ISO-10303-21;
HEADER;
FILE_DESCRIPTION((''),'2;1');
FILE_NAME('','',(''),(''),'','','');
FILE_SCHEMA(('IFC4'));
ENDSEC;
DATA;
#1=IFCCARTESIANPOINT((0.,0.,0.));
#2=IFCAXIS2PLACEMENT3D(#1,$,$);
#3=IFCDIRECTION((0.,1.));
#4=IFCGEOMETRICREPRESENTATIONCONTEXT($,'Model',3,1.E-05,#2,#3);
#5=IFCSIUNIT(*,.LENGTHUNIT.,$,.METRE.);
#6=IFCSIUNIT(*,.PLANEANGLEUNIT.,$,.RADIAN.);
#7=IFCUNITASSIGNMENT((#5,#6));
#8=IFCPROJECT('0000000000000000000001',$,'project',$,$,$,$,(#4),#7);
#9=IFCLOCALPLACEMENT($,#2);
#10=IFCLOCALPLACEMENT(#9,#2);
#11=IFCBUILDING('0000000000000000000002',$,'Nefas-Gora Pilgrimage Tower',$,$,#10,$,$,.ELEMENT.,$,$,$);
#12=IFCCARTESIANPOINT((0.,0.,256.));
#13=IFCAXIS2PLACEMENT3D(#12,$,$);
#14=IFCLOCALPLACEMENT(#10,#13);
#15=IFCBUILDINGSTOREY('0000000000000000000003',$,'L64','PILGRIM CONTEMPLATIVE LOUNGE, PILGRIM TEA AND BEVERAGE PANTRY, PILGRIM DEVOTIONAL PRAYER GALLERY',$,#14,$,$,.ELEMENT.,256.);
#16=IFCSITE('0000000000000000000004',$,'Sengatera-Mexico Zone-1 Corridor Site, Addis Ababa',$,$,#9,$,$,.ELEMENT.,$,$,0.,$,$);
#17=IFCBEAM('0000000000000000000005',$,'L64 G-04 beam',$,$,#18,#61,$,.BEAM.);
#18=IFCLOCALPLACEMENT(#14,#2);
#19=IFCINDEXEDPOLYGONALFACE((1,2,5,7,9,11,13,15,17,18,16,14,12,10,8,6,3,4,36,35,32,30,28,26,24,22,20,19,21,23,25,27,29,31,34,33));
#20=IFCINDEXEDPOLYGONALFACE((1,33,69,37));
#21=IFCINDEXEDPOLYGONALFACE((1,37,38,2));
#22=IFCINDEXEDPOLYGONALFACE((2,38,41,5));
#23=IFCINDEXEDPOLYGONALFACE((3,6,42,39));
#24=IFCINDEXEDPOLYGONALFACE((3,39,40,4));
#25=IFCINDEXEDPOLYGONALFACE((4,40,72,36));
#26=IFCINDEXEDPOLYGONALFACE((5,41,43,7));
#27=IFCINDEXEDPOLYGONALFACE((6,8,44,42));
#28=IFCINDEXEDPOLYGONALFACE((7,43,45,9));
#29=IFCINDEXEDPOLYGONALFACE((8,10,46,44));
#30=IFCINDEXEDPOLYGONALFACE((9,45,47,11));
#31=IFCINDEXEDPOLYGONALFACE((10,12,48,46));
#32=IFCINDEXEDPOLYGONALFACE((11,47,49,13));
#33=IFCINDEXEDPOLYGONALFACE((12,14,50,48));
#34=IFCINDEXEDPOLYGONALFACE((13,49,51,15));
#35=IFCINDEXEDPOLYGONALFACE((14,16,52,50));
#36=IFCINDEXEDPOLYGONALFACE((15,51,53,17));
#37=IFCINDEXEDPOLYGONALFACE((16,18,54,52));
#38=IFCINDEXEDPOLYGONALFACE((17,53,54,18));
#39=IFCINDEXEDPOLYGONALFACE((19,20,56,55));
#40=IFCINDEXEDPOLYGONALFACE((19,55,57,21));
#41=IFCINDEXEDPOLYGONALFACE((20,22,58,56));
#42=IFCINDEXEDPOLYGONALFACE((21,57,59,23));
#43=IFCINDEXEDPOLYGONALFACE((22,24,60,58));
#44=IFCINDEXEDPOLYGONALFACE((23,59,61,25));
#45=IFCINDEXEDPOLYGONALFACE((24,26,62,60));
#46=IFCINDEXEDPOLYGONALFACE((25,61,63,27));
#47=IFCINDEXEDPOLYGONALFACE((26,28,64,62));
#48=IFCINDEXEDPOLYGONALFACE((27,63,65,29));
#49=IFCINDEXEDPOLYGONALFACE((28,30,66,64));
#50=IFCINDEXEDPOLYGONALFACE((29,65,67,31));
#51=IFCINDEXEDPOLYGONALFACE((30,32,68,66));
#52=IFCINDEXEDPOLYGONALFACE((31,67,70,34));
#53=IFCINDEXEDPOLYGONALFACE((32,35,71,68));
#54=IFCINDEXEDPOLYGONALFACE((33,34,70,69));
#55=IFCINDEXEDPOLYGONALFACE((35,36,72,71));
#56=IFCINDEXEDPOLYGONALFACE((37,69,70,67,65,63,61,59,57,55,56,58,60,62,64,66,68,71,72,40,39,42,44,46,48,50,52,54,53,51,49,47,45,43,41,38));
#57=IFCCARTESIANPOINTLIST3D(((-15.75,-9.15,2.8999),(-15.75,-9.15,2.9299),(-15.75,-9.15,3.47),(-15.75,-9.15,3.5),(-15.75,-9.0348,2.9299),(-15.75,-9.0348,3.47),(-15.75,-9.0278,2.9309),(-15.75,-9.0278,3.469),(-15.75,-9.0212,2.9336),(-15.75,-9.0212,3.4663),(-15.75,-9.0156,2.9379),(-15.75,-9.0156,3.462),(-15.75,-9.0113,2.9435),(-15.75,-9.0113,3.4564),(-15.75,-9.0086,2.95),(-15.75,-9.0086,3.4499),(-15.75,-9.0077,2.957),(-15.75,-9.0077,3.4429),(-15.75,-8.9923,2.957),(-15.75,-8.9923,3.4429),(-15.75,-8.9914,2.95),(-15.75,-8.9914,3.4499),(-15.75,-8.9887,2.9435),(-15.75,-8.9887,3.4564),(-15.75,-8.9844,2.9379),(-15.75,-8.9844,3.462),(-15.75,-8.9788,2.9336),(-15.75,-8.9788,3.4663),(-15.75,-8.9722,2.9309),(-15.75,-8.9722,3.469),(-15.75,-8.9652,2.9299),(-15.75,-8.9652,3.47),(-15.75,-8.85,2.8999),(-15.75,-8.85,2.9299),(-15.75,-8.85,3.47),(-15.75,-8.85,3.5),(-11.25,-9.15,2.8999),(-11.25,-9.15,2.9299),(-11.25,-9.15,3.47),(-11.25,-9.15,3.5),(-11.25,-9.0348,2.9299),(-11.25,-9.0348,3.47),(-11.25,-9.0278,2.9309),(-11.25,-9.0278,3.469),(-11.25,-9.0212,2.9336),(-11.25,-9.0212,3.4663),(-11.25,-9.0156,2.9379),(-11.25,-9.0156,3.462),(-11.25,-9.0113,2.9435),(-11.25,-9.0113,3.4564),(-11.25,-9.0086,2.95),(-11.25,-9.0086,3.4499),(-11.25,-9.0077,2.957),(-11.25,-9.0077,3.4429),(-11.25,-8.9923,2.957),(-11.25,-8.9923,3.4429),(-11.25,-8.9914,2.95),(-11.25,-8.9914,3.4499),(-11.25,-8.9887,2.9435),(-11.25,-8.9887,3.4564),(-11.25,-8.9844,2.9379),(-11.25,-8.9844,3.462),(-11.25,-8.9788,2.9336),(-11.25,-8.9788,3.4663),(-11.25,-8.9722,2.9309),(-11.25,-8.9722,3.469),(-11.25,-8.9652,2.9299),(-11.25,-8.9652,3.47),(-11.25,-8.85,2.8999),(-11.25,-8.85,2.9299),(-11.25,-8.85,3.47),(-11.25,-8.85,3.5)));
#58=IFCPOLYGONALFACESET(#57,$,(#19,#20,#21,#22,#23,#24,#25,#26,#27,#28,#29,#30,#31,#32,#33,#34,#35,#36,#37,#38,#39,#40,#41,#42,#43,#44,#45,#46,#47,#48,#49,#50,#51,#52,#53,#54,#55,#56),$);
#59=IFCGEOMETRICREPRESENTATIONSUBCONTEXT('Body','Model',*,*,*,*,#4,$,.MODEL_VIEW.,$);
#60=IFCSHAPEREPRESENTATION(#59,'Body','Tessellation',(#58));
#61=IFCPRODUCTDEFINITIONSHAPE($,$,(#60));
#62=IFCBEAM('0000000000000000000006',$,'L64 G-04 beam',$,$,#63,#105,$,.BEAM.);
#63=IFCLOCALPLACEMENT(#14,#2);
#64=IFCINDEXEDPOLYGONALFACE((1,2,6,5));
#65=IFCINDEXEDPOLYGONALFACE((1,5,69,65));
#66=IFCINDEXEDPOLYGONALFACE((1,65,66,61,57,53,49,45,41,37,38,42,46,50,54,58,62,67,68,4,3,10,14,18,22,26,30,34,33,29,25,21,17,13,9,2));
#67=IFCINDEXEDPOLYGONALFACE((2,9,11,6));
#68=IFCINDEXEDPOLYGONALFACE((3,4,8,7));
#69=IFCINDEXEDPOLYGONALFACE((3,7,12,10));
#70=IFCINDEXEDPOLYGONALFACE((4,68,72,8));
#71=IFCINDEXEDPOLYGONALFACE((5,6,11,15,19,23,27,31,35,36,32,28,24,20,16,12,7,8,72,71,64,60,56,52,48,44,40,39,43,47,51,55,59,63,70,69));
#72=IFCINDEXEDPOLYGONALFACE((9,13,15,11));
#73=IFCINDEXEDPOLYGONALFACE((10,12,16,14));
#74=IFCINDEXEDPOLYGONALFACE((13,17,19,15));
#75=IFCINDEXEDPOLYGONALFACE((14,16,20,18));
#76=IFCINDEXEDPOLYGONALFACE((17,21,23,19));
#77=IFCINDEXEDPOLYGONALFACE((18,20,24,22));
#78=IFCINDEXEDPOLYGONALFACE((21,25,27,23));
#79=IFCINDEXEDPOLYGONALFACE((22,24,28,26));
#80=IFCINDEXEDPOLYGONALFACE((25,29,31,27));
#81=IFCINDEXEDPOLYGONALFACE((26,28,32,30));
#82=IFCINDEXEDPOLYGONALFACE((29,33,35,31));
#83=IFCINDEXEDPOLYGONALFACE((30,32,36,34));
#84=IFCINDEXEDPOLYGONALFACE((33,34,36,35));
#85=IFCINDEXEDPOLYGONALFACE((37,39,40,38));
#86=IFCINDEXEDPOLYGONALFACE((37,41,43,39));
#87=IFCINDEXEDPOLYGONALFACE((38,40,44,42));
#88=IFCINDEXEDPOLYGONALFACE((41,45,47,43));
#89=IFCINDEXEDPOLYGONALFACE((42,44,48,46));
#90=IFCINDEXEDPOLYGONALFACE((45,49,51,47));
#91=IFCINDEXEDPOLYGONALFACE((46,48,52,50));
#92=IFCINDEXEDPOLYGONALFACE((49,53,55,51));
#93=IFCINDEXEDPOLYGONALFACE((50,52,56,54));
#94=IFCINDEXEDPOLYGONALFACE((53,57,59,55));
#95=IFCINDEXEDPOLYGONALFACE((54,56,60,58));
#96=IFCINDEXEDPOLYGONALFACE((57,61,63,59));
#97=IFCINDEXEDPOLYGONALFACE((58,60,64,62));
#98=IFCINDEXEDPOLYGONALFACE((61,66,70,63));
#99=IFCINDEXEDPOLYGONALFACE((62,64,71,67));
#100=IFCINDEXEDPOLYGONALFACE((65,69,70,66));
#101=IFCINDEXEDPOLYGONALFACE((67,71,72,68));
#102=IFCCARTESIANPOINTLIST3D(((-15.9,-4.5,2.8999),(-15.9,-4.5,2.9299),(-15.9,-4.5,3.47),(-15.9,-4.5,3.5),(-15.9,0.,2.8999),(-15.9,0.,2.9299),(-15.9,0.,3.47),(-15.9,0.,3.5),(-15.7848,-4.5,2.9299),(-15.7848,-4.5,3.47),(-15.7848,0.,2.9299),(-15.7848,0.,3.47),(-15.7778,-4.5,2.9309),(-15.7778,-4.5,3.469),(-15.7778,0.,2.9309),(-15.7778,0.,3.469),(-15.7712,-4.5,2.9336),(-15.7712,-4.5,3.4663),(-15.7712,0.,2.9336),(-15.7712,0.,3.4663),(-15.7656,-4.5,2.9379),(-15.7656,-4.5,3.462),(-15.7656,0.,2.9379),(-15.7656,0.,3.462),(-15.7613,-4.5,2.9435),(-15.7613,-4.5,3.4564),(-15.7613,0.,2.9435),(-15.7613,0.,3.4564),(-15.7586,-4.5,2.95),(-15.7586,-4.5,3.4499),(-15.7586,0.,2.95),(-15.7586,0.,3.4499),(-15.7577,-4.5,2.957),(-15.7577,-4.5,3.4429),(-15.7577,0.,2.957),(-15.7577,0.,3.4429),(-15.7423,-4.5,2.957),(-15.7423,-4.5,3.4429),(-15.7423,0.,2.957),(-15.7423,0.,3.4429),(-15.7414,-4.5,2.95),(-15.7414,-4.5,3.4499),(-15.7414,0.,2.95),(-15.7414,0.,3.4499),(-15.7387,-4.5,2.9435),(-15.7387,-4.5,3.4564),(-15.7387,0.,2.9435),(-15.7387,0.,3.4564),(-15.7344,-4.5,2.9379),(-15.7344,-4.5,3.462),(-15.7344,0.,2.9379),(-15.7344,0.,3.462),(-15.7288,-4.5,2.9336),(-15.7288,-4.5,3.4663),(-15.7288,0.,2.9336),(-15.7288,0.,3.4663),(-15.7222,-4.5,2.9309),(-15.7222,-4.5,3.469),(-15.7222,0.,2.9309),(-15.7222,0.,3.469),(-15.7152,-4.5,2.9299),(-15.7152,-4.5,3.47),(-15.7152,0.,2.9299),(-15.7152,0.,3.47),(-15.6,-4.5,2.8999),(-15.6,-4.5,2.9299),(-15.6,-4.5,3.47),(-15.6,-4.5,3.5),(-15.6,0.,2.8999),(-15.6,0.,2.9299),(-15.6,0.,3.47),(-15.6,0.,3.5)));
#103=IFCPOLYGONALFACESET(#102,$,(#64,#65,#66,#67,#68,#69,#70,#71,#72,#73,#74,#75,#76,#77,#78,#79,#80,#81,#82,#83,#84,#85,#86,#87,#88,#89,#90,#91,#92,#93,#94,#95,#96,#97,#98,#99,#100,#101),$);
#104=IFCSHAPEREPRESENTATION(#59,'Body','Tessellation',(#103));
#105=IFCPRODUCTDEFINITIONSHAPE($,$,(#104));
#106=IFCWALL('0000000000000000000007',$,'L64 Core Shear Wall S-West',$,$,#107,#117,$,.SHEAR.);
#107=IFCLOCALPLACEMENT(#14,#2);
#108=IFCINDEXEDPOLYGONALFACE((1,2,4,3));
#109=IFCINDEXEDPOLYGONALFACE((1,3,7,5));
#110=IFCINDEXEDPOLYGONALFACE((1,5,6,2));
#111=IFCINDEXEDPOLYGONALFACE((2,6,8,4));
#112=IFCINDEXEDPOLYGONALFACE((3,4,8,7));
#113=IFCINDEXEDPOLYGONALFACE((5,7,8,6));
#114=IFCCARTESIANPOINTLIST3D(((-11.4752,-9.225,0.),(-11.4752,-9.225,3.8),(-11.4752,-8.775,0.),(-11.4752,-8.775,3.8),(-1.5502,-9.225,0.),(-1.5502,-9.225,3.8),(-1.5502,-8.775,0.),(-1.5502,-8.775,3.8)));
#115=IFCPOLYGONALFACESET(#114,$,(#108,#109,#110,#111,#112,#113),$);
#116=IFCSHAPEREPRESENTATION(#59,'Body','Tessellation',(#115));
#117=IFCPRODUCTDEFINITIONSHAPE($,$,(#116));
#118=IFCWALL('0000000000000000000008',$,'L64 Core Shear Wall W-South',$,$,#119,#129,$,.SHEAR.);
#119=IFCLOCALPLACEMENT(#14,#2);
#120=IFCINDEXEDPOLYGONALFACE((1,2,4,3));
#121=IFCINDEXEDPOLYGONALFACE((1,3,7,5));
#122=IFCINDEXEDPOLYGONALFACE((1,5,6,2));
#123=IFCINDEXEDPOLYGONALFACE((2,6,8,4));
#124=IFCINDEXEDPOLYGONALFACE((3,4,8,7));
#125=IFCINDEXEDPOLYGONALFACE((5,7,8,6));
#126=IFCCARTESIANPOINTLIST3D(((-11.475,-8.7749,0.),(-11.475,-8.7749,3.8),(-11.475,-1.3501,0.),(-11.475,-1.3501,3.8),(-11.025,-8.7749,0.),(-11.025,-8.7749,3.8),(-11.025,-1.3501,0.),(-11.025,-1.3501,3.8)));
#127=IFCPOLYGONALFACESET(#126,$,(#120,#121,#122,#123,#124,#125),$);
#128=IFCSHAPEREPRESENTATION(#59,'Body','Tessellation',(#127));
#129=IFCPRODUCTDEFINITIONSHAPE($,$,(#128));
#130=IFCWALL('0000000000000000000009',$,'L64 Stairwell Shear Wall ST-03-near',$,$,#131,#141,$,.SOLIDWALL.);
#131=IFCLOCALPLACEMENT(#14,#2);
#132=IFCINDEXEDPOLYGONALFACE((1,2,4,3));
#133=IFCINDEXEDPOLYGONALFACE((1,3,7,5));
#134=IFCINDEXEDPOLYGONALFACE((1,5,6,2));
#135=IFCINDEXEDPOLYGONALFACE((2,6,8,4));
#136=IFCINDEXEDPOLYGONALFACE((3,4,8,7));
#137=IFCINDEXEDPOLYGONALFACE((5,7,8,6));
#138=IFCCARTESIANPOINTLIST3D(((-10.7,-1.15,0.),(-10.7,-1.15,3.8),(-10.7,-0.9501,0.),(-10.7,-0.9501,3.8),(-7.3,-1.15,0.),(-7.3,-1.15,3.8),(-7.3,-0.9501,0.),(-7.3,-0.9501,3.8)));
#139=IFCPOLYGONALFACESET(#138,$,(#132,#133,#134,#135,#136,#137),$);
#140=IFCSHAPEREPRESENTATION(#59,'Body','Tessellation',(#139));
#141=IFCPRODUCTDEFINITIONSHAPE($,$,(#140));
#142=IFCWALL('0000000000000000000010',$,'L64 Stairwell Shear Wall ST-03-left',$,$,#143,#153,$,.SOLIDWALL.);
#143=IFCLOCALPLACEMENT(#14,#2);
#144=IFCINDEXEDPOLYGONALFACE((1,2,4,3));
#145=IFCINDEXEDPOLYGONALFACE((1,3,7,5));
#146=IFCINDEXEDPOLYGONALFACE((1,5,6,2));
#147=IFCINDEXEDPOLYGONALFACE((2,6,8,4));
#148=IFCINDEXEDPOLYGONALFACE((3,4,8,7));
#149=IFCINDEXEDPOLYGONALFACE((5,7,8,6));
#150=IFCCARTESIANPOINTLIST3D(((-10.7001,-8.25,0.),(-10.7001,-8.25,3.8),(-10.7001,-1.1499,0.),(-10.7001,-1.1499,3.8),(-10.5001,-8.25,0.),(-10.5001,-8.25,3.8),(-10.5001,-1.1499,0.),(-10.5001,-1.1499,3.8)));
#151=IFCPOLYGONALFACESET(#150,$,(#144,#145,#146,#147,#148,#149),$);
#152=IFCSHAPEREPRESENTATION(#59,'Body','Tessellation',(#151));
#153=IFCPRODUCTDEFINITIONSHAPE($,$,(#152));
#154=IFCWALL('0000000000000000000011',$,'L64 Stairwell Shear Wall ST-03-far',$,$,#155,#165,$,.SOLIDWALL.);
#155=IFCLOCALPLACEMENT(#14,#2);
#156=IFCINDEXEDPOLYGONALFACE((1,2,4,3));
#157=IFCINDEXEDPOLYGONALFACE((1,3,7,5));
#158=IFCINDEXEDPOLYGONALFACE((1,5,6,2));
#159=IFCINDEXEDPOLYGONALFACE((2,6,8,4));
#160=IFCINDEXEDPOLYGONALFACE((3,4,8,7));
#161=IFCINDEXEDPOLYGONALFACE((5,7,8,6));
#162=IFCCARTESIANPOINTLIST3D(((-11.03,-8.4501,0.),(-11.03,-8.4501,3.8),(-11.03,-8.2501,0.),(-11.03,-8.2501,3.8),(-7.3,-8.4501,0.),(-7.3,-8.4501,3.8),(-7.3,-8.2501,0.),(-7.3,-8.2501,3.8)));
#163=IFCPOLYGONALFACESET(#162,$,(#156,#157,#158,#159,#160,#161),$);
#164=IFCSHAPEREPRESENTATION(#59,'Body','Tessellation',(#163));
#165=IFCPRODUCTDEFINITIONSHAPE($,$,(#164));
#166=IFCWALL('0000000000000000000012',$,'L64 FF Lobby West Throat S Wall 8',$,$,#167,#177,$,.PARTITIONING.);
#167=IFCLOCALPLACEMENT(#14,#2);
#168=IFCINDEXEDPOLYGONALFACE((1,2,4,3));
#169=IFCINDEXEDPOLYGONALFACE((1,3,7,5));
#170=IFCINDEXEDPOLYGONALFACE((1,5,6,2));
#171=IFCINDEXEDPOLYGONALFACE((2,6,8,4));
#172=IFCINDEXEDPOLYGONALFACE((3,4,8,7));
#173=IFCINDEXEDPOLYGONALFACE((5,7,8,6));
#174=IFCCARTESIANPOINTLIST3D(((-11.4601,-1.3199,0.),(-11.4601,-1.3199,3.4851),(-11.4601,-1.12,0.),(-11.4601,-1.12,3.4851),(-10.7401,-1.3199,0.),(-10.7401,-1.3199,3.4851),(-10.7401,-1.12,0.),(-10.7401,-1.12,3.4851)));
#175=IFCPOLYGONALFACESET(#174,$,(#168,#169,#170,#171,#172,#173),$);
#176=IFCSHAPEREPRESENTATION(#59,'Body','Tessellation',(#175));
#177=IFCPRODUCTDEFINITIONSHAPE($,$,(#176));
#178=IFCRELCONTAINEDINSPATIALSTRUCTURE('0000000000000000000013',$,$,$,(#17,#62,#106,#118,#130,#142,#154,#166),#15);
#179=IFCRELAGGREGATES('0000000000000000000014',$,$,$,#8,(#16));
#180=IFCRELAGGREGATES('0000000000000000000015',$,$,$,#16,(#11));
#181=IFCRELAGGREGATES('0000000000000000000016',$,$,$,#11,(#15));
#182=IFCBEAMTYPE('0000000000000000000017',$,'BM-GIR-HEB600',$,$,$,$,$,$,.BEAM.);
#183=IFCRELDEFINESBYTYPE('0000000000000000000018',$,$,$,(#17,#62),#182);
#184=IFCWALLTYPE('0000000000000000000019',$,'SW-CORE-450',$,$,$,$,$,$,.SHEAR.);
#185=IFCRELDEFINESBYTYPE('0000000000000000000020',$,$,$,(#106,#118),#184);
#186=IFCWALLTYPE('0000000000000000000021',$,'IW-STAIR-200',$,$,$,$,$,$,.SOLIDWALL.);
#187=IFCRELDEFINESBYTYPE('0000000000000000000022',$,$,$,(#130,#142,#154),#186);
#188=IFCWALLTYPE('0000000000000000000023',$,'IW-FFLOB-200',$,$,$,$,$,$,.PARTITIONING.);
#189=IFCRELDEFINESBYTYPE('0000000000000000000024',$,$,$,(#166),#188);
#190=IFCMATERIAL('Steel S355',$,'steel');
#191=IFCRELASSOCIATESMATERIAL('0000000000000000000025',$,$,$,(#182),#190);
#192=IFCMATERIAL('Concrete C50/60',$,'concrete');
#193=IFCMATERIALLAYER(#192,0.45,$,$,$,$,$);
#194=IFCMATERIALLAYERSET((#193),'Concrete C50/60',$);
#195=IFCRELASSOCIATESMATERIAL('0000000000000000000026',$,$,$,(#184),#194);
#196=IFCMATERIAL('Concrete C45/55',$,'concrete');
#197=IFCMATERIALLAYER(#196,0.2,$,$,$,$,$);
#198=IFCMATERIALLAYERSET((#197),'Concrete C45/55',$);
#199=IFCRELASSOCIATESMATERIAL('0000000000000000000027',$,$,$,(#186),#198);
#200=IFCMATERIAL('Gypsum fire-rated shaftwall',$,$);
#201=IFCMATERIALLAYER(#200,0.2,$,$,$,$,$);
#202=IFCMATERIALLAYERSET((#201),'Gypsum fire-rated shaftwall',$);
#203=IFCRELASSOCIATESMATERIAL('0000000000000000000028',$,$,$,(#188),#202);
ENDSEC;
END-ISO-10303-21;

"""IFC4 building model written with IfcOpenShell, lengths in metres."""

from ifc_helpers import new_model, si_unit, direction, frame, frame_2d, origin, origin_2d, place, context, subcontext, project, spatial, rectangle, i_section, extrude, source, transform, mapped, material, layer, layer_set, material_profile, profile_set, type_object, element, save


model = new_model("IFC4")

# Units and contexts
model_context = context("Model", 3, precision=1e-05, world=origin(), true_north=direction((0.0, 1.0)))
body_context = subcontext(model_context, "Body", "Model", "MODEL_VIEW")
ifc_project = project(units=[si_unit("LENGTHUNIT", "METRE"), si_unit("PLANEANGLEUNIT", "RADIAN")], contexts=[model_context])

# Site, building, storey
site_placement = place(None, origin())
site = spatial("IfcSite", under=ifc_project, at=site_placement, Name="Sengatera-Mexico Zone-1 Corridor Site, Addis Ababa", CompositionType="ELEMENT", RefElevation=0.0)
building_placement = place(site_placement, origin())
building = spatial("IfcBuilding", under=site, at=building_placement, Name="Nefas-Gora Pilgrimage Tower", CompositionType="ELEMENT")
storey_placement = place(building_placement, frame((0.0, 0.0, 256.0)))
storey = spatial("IfcBuildingStorey", under=building, at=storey_placement, Name="L64", Description="PILGRIM CONTEMPLATIVE LOUNGE, PILGRIM TEA AND BEVERAGE PANTRY, PILGRIM DEVOTIONAL PRAYER GALLERY", CompositionType="ELEMENT", Elevation=256.0)

# Beams
ifc_material_1 = material(Name="Concrete C50/60", Category="concrete")
ifc_material_2 = material(Name="Steel S355", Category="steel")
ifc_material_profile_1 = material_profile(ifc_material_2, i_section(OverallWidth=0.3, OverallDepth=0.6001, WebThickness=0.0154, FlangeThickness=0.03, FilletRadius=0.0271, at=origin_2d()), Name="HEB 600")
ifc_profile_set_1 = profile_set([ifc_material_profile_1], Name="Steel S355")
beam_type_1 = type_object("IfcBeamType", Name="BM-GIR-HEB600", PredefinedType="BEAM", material=ifc_profile_set_1)
shared_shape_1 = source(origin(), body_context, "Body", "SweptSolid", [
    extrude(i_section(OverallWidth=0.3, OverallDepth=0.6001, WebThickness=0.0154, FlangeThickness=0.03, FilletRadius=0.0271, at=origin_2d()), origin(), (0.0, 0.0, 1.0), 4.5),
])
for number, where, z_axis, x_axis, name in (
    (1, (-15.75, -9.0, 3.2), (1.0, 0.0, 0.0), (0.0, 1.0, 0.0), "L64 G-04 beam"),
    (2, (-15.75, -4.5, 3.2), (0.0, 1.0, 0.0), (-1.0, 0.0, 0.0), "L64 G-04 beam"),
):
    element("IfcBeam", number, at=place(storey_placement, frame(where, z_axis=z_axis, x_axis=x_axis)), inside=storey, type_object=beam_type_1, Name=name, PredefinedType="BEAM", context=body_context, shape_type="MappedRepresentation", body=[
        mapped(shared_shape_1, transform((0.0, 0.0, 0.0), x_axis=(1.0, 0.0, 0.0), y_axis=(0.0, 1.0, 0.0), z_axis=(0.0, 0.0, 1.0), scale=1.0)),
    ])

# Walls
ifc_layer_1 = layer(ifc_material_1, 0.45)
ifc_layer_set_1 = layer_set([ifc_layer_1], Name="Concrete C50/60")
wall_type_1 = type_object("IfcWallType", Name="SW-CORE-450", PredefinedType="SHEAR", material=ifc_layer_set_1)
shared_shape_2 = source(origin(), body_context, "Body", "SweptSolid", [
    extrude(rectangle(XDim=9.925, YDim=0.45, at=frame_2d((4.9624, 0.0))), origin(), (0.0, 0.0, 1.0), 3.8),
])
wall_1_placement = place(storey_placement, frame((-11.4751, -9.0, 0.0), z_axis=(0.0, 0.0, 1.0), x_axis=(1.0, 0.0, 0.0)))
element("IfcWall", 3, at=wall_1_placement, inside=storey, type_object=wall_type_1, Name="L64 Core Shear Wall S-West", PredefinedType="SHEAR", context=body_context, shape_type="MappedRepresentation", body=[
    mapped(shared_shape_2, transform((0.0, 0.0, 0.0), x_axis=(1.0, 0.0, 0.0), y_axis=(0.0, 1.0, 0.0), z_axis=(0.0, 0.0, 1.0), scale=1.0)),
])
shared_shape_3 = source(origin(), body_context, "Body", "SweptSolid", [
    extrude(rectangle(XDim=7.4248, YDim=0.45, at=frame_2d((3.7124, 0.0))), origin(), (0.0, 0.0, 1.0), 3.8),
])
wall_2_placement = place(storey_placement, frame((-11.25, -8.7749, 0.0), z_axis=(0.0, 0.0, 1.0), x_axis=(0.0, 1.0, 0.0)))
element("IfcWall", 4, at=wall_2_placement, inside=storey, type_object=wall_type_1, Name="L64 Core Shear Wall W-South", PredefinedType="SHEAR", context=body_context, shape_type="MappedRepresentation", body=[
    mapped(shared_shape_3, transform((0.0, 0.0, 0.0), x_axis=(1.0, 0.0, 0.0), y_axis=(0.0, 1.0, 0.0), z_axis=(0.0, 0.0, 1.0), scale=1.0)),
])
ifc_material_3 = material(Name="Concrete C45/55", Category="concrete")
ifc_layer_2 = layer(ifc_material_3, 0.2)
ifc_layer_set_2 = layer_set([ifc_layer_2], Name="Concrete C45/55")
wall_type_2 = type_object("IfcWallType", Name="IW-STAIR-200", PredefinedType="SOLIDWALL", material=ifc_layer_set_2)
shared_shape_4 = source(origin(), body_context, "Body", "SweptSolid", [
    extrude(rectangle(XDim=3.3999, YDim=0.2, at=frame_2d((1.7, 0.0))), origin(), (0.0, 0.0, 1.0), 3.8),
])
wall_3_placement = place(storey_placement, frame((-10.7, -1.05, 0.0), z_axis=(0.0, 0.0, 1.0), x_axis=(1.0, 0.0, 0.0)))
element("IfcWall", 5, at=wall_3_placement, inside=storey, type_object=wall_type_2, Name="L64 Stairwell Shear Wall ST-03-near", PredefinedType="SOLIDWALL", context=body_context, shape_type="MappedRepresentation", body=[
    mapped(shared_shape_4, transform((0.0, 0.0, 0.0), x_axis=(1.0, 0.0, 0.0), y_axis=(0.0, 1.0, 0.0), z_axis=(0.0, 0.0, 1.0), scale=1.0)),
])
shared_shape_5 = source(origin(), body_context, "Body", "SweptSolid", [
    extrude(rectangle(XDim=7.1001, YDim=0.2, at=frame_2d((3.55, 0.0))), origin(), (0.0, 0.0, 1.0), 3.8),
])
wall_4_placement = place(storey_placement, frame((-10.6001, -1.1499, 0.0), z_axis=(0.0, 0.0, 1.0), x_axis=(0.0, -1.0, 0.0)))
element("IfcWall", 6, at=wall_4_placement, inside=storey, type_object=wall_type_2, Name="L64 Stairwell Shear Wall ST-03-left", PredefinedType="SOLIDWALL", context=body_context, shape_type="MappedRepresentation", body=[
    mapped(shared_shape_5, transform((0.0, 0.0, 0.0), x_axis=(1.0, 0.0, 0.0), y_axis=(0.0, 1.0, 0.0), z_axis=(0.0, 0.0, 1.0), scale=1.0)),
])
shared_shape_6 = source(origin(), body_context, "Body", "SweptSolid", [
    extrude(rectangle(XDim=3.73, YDim=0.2, at=frame_2d((1.865, 0.0))), origin(), (0.0, 0.0, 1.0), 3.8),
])
wall_5_placement = place(storey_placement, frame((-11.03, -8.3501, 0.0), z_axis=(0.0, 0.0, 1.0), x_axis=(1.0, 0.0, 0.0)))
element("IfcWall", 7, at=wall_5_placement, inside=storey, type_object=wall_type_2, Name="L64 Stairwell Shear Wall ST-03-far", PredefinedType="SOLIDWALL", context=body_context, shape_type="MappedRepresentation", body=[
    mapped(shared_shape_6, transform((0.0, 0.0, 0.0), x_axis=(1.0, 0.0, 0.0), y_axis=(0.0, 1.0, 0.0), z_axis=(0.0, 0.0, 1.0), scale=1.0)),
])
ifc_material_4 = material(Name="Gypsum fire-rated shaftwall")
ifc_layer_3 = layer(ifc_material_4, 0.2)
ifc_layer_set_3 = layer_set([ifc_layer_3], Name="Gypsum fire-rated shaftwall")
wall_type_3 = type_object("IfcWallType", Name="IW-FFLOB-200", PredefinedType="PARTITIONING", material=ifc_layer_set_3)
shared_shape_7 = source(origin(), body_context, "Body", "SweptSolid", [
    extrude(rectangle(XDim=0.72, YDim=0.2, at=frame_2d((0.3599, 0.0))), origin(), (0.0, 0.0, 1.0), 3.4851),
])
wall_6_placement = place(storey_placement, frame((-11.46, -1.22, 0.0), z_axis=(0.0, 0.0, 1.0), x_axis=(1.0, 0.0, 0.0)))
element("IfcWall", 8, at=wall_6_placement, inside=storey, type_object=wall_type_3, Name="L64 FF Lobby West Throat S Wall 8", PredefinedType="PARTITIONING", context=body_context, shape_type="MappedRepresentation", body=[
    mapped(shared_shape_7, transform((0.0, 0.0, 0.0), x_axis=(1.0, 0.0, 0.0), y_axis=(0.0, 1.0, 0.0), z_axis=(0.0, 0.0, 1.0), scale=1.0)),
])

save(model, "model.ifc")
